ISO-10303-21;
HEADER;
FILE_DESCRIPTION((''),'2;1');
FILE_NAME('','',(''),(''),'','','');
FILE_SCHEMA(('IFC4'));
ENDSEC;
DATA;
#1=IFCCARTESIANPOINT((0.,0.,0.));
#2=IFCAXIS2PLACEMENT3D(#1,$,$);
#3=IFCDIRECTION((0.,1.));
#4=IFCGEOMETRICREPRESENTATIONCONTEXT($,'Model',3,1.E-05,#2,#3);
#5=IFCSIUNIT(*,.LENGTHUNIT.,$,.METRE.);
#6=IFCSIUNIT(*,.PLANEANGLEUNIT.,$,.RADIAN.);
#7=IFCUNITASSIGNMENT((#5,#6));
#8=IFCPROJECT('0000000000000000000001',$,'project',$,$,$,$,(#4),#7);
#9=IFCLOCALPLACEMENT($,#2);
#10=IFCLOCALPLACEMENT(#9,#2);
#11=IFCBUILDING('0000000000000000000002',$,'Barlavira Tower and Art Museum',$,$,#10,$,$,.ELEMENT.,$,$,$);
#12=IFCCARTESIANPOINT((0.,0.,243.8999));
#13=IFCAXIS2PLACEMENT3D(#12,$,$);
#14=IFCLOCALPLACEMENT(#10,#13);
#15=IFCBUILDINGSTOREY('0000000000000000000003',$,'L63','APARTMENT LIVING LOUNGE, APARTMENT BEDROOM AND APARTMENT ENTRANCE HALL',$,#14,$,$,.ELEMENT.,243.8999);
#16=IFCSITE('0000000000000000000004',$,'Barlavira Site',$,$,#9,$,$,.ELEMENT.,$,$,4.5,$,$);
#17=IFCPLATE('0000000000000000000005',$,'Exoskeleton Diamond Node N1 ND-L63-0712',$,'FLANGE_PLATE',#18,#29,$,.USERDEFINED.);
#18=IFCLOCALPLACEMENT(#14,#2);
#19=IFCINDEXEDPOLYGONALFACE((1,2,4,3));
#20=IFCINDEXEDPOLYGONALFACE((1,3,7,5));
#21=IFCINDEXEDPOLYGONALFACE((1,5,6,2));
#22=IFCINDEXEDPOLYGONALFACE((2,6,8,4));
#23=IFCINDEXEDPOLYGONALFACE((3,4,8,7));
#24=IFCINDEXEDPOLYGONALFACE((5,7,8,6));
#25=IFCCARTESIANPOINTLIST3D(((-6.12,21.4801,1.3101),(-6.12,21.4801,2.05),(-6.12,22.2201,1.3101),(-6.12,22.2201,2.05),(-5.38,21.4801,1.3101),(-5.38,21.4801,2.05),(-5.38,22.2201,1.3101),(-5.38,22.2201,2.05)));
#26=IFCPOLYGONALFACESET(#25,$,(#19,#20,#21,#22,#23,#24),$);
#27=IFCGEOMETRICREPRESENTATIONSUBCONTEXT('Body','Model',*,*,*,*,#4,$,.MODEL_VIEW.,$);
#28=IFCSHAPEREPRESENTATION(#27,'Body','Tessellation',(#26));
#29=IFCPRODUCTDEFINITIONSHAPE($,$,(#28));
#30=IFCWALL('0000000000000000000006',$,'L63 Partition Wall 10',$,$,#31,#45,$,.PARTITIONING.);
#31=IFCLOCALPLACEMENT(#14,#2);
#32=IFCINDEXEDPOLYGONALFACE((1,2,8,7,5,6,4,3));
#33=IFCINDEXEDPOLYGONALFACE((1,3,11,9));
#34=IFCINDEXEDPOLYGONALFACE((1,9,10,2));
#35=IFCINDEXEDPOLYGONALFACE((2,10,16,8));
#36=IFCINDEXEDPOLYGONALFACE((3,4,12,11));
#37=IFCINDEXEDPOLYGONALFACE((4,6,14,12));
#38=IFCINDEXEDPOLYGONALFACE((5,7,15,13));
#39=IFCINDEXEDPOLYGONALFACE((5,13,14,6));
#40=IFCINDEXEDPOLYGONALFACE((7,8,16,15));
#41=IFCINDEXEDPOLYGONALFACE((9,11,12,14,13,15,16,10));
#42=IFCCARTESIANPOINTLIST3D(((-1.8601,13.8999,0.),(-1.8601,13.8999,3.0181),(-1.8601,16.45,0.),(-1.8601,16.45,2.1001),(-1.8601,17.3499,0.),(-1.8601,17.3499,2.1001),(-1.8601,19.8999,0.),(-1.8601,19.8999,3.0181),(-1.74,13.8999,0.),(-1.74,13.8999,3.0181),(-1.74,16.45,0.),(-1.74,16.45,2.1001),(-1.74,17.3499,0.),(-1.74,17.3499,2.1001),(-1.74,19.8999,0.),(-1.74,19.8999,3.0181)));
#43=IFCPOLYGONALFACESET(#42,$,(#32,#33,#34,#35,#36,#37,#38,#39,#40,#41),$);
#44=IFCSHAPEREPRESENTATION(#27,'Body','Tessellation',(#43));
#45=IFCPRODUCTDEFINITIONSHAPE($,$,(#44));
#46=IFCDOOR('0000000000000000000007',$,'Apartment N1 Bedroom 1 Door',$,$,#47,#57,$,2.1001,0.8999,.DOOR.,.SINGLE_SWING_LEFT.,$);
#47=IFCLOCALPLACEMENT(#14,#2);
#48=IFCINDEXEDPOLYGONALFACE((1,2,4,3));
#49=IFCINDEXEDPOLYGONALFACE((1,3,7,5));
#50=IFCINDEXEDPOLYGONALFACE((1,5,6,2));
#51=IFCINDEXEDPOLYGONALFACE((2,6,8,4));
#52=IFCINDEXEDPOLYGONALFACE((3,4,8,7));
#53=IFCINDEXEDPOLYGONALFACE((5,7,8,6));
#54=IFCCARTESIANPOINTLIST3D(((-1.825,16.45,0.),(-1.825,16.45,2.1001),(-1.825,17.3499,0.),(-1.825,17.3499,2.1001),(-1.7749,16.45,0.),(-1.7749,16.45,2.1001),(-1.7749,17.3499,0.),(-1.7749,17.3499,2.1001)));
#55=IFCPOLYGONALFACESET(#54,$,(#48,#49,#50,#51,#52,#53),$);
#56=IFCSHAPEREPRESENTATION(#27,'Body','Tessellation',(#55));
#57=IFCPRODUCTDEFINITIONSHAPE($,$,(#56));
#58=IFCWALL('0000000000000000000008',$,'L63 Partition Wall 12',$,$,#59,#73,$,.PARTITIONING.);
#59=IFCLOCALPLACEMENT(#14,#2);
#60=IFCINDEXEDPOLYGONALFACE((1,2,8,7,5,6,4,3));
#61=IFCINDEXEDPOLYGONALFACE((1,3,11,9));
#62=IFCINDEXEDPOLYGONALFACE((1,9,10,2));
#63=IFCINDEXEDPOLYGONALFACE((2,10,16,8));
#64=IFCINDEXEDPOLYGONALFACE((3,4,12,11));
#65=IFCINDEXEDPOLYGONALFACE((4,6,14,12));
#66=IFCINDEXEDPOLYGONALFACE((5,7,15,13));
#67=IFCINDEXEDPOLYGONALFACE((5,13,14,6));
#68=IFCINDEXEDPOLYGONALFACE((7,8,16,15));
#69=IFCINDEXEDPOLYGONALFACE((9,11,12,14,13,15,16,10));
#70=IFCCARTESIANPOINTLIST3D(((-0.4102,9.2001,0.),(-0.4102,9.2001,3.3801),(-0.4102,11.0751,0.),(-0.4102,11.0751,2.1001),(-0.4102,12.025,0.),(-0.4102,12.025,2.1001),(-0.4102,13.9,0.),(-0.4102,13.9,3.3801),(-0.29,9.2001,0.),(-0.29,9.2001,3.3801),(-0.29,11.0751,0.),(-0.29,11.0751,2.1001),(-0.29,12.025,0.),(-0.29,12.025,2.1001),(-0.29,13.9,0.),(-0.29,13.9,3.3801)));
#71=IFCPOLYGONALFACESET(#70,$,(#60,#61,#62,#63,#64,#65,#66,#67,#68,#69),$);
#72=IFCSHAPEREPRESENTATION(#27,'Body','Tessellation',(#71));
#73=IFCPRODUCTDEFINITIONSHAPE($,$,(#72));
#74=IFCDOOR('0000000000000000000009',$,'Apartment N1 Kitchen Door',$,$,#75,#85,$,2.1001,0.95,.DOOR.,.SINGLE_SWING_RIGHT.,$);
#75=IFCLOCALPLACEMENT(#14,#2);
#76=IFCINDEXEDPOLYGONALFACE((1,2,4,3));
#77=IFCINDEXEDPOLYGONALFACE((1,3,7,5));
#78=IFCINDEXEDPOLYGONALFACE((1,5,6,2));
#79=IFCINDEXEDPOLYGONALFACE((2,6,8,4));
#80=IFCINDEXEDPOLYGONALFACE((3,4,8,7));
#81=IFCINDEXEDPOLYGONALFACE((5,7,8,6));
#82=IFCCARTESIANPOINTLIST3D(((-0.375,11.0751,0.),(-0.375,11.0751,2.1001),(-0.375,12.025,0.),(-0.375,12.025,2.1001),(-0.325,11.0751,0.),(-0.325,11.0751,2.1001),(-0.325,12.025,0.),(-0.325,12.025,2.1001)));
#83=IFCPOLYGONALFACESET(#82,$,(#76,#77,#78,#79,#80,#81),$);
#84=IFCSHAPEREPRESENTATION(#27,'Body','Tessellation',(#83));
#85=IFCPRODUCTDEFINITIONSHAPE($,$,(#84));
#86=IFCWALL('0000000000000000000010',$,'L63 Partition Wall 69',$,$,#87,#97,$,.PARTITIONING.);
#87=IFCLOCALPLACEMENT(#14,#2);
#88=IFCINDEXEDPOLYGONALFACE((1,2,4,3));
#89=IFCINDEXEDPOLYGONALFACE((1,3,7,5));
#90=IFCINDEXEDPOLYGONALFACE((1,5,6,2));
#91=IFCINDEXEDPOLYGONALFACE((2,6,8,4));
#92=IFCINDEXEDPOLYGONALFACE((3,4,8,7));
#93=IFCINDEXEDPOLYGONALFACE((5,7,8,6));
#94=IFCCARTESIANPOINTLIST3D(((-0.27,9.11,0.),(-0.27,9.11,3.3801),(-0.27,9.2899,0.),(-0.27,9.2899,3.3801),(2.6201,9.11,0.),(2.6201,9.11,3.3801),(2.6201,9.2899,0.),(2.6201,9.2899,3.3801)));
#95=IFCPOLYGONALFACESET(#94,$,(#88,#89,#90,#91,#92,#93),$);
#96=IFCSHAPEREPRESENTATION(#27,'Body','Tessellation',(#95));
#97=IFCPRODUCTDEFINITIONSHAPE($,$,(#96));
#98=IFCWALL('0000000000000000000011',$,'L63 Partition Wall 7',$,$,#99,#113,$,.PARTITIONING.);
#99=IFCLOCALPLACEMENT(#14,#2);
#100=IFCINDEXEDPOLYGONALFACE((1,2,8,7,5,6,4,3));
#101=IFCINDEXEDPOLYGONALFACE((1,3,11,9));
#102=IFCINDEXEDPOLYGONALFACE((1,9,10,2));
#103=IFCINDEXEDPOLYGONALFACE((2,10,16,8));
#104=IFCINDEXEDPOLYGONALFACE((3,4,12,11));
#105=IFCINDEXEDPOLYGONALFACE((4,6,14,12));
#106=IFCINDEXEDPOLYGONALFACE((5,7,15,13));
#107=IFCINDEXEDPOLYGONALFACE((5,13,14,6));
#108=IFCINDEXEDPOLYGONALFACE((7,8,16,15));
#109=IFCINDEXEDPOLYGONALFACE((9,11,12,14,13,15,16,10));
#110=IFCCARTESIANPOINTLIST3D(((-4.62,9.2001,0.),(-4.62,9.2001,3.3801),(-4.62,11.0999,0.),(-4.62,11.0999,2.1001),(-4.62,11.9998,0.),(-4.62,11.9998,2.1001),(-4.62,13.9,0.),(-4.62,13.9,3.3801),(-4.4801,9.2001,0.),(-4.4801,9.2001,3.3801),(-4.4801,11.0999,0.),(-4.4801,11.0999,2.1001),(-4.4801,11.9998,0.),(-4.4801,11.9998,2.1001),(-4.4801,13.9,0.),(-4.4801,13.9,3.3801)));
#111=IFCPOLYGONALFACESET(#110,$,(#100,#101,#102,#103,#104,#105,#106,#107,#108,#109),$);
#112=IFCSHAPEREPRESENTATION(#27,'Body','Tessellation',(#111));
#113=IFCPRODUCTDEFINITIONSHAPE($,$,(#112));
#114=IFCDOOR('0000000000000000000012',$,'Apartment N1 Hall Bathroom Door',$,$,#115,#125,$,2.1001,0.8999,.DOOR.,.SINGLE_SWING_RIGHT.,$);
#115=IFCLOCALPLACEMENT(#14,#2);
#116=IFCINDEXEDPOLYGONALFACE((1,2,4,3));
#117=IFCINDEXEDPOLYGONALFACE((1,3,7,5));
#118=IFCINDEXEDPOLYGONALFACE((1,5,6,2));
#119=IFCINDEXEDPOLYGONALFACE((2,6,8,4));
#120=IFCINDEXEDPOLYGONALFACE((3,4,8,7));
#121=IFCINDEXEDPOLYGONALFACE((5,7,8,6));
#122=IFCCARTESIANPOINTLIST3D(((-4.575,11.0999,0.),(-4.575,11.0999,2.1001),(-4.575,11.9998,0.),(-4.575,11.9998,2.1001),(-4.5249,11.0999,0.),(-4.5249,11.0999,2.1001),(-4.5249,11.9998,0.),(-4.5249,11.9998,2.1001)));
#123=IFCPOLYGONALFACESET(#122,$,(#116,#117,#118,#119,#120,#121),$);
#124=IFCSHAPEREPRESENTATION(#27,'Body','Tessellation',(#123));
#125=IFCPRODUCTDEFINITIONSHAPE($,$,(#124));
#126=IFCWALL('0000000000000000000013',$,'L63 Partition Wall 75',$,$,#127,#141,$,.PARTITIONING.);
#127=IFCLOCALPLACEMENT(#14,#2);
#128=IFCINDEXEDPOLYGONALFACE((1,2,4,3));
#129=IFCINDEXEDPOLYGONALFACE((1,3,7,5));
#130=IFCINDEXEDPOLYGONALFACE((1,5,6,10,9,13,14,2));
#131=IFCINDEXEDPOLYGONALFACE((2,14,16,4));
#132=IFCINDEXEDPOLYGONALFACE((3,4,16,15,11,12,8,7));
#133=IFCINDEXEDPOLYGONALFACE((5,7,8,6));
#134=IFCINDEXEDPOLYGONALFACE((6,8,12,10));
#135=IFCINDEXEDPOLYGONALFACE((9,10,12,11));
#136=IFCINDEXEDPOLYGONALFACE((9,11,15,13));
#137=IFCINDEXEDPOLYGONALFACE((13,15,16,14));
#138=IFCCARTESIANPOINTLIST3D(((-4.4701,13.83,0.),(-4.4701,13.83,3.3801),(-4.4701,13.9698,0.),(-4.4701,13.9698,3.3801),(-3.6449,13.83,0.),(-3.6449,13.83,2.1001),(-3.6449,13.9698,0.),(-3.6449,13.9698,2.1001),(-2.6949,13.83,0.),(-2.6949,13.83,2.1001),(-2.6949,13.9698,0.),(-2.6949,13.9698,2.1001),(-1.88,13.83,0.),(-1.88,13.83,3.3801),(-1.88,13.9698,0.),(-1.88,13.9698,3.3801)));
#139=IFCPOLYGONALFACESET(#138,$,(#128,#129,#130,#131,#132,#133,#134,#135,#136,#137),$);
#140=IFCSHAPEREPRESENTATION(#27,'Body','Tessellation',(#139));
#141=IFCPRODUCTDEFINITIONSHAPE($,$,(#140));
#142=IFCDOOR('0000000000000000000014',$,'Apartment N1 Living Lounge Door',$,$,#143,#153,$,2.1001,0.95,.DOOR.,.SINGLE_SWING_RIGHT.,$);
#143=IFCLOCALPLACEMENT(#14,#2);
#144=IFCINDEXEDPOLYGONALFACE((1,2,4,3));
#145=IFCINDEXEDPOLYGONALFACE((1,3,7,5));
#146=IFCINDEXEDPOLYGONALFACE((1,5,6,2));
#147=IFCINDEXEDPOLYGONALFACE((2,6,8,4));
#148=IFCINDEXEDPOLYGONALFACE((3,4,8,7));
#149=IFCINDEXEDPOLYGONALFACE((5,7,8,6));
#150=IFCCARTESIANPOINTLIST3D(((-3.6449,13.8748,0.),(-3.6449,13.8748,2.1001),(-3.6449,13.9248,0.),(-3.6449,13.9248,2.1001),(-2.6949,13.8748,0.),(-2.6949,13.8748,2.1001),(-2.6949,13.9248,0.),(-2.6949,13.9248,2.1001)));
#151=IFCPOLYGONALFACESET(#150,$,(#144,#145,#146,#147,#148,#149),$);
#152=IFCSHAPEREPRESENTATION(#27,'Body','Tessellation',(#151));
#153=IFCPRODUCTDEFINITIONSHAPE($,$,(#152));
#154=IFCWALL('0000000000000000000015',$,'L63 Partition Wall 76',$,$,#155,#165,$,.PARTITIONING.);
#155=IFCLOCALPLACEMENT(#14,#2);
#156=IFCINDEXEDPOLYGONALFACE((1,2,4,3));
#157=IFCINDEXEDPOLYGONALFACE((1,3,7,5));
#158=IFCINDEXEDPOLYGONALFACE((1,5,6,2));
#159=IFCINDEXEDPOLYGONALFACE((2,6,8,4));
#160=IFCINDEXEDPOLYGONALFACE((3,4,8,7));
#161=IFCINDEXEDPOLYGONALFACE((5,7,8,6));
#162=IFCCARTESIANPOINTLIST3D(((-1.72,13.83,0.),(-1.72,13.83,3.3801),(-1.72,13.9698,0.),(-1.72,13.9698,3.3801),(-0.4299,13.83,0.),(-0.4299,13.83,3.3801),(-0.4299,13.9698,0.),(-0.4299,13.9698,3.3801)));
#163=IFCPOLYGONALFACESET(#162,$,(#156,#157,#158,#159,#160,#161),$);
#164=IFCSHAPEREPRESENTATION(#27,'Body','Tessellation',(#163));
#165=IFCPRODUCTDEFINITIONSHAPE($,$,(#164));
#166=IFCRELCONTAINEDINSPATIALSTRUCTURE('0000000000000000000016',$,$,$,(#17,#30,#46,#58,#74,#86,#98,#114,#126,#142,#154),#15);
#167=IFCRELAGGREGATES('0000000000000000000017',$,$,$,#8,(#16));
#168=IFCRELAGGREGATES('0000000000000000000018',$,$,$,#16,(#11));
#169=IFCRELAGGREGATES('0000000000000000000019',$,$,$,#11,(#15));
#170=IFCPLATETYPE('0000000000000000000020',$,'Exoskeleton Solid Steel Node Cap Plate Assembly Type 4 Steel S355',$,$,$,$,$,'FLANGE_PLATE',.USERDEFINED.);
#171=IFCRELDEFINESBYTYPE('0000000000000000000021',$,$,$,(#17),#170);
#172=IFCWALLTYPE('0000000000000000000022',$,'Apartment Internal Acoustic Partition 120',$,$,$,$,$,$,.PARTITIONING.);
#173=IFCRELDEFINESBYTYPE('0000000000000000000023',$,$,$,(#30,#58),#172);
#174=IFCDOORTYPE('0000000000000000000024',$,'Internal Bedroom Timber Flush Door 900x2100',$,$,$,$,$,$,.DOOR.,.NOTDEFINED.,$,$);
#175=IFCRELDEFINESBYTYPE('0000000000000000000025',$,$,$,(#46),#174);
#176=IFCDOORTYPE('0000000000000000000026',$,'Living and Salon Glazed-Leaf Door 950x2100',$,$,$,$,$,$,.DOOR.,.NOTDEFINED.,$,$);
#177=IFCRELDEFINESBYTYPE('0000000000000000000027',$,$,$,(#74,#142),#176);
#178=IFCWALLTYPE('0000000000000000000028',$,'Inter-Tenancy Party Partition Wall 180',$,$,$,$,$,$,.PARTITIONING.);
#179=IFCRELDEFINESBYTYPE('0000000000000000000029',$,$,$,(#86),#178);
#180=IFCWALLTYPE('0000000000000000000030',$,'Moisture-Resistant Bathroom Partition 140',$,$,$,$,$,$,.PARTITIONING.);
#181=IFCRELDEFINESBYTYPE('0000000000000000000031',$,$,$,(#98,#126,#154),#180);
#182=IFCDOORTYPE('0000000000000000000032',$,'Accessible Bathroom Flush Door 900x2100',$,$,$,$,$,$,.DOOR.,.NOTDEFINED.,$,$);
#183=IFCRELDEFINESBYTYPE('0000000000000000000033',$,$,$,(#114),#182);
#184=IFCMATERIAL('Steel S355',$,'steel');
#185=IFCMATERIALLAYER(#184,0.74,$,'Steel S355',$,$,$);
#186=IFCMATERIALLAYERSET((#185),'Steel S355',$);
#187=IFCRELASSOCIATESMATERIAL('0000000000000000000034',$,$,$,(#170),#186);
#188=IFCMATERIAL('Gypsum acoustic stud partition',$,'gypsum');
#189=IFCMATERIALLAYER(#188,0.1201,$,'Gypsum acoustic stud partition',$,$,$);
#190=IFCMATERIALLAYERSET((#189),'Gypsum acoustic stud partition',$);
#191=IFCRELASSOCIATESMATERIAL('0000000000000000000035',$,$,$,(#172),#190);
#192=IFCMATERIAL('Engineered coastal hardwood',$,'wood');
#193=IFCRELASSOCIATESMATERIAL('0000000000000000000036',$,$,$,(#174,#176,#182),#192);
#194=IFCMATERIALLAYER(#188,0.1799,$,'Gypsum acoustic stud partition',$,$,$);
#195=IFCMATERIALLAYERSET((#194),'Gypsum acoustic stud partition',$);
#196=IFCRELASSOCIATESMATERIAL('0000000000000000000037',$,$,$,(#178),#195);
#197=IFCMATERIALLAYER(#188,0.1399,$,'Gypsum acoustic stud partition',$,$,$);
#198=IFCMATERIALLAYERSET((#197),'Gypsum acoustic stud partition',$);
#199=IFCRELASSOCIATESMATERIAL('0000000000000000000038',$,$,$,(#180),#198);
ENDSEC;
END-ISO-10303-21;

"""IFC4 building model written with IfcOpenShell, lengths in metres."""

from ifc_helpers import new_model, si_unit, direction, frame, frame_2d, origin, origin_2d, place, context, subcontext, project, spatial, rectangle, extrude, material, layer, layer_set, type_object, element, fill, save


model = new_model("IFC4")

# Units and contexts
model_context = context("Model", 3, precision=1e-05, world=origin(), true_north=direction((0.0, 1.0)))
body_context = subcontext(model_context, "Body", "Model", "MODEL_VIEW")
ifc_project = project(units=[si_unit("LENGTHUNIT", "METRE"), si_unit("PLANEANGLEUNIT", "RADIAN")], contexts=[model_context])

# Site, building, storey
site_placement = place(None, origin())
site = spatial("IfcSite", under=ifc_project, at=site_placement, Name="Barlavira Site", CompositionType="ELEMENT", RefElevation=4.5)
building_placement = place(site_placement, origin())
building = spatial("IfcBuilding", under=site, at=building_placement, Name="Barlavira Tower and Art Museum", CompositionType="ELEMENT")
storey_placement = place(building_placement, frame((0.0, 0.0, 243.8999)))
storey = spatial("IfcBuildingStorey", under=building, at=storey_placement, Name="L63", Description="APARTMENT LIVING LOUNGE, APARTMENT BEDROOM AND APARTMENT ENTRANCE HALL", CompositionType="ELEMENT", Elevation=243.8999)

# Plate
ifc_material_1 = material(Name="Steel S355", Category="steel")
ifc_layer_1 = layer(ifc_material_1, 0.74, Name="Steel S355")
ifc_layer_set_1 = layer_set([ifc_layer_1], Name="Steel S355")
plate_type_1 = type_object("IfcPlateType", Name="Exoskeleton Solid Steel Node Cap Plate Assembly Type 4 Steel S355", ElementType="FLANGE_PLATE", PredefinedType="USERDEFINED", material=ifc_layer_set_1)
plate_1_placement = place(storey_placement, frame((-5.75, 21.8501, 1.3101), z_axis=(0.0, 0.0, 1.0), x_axis=(1.0, 0.0, 0.0)))
element("IfcPlate", 1, at=plate_1_placement, inside=storey, type_object=plate_type_1, Name="Exoskeleton Diamond Node N1 ND-L63-0712", ObjectType="FLANGE_PLATE", PredefinedType="USERDEFINED", context=body_context, shape_type="SweptSolid", body=[
    extrude(rectangle(XDim=0.74, YDim=0.74, at=origin_2d()), origin(), (0.0, 0.0, 1.0), 0.74),
])

# Walls, openings, doors
ifc_material_2 = material(Name="Gypsum acoustic stud partition", Category="gypsum")
ifc_layer_2 = layer(ifc_material_2, 0.1201, Name="Gypsum acoustic stud partition")
ifc_layer_set_2 = layer_set([ifc_layer_2], Name="Gypsum acoustic stud partition")
wall_type_1 = type_object("IfcWallType", Name="Apartment Internal Acoustic Partition 120", PredefinedType="PARTITIONING", material=ifc_layer_set_2)
wall_1_placement = place(storey_placement, frame((-1.8, 13.8999, 0.0), z_axis=(0.0, 0.0, 1.0), x_axis=(0.0, 1.0, 0.0)))
wall_1 = element("IfcWall", 2, at=wall_1_placement, inside=storey, type_object=wall_type_1, Name="L63 Partition Wall 10", PredefinedType="PARTITIONING", context=body_context, shape_type="SweptSolid", body=[
    extrude(rectangle(XDim=6.0, YDim=0.1201, at=frame_2d((3.0, 0.0))), origin(), (0.0, 0.0, 1.0), 3.0181),
])
opening_1_placement = place(wall_1_placement, frame((2.55, 0.0, 0.0)))
opening_1 = element("IfcOpeningElement", 3, at=opening_1_placement, cuts=wall_1, PredefinedType="OPENING", context=body_context, shape_type="SweptSolid", body=[
    extrude(rectangle(XDim=0.8999, YDim=2.1001, at=frame_2d((0.45, 1.05))), frame((0.0, 0.0701, 0.0), z_axis=(0.0, -1.0, 0.0), x_axis=(1.0, 0.0, 0.0)), (0.0, 0.0, 1.0), 0.1401),
])
ifc_material_3 = material(Name="Engineered coastal hardwood", Category="wood")
door_type_1 = type_object("IfcDoorType", Name="Internal Bedroom Timber Flush Door 900x2100", OperationType="NOTDEFINED", PredefinedType="DOOR", material=ifc_material_3)
door_1_placement = place(opening_1_placement, origin())
door_1 = element("IfcDoor", 4, at=door_1_placement, inside=storey, type_object=door_type_1, Name="Apartment N1 Bedroom 1 Door", OperationType="SINGLE_SWING_LEFT", OverallHeight=2.1001, OverallWidth=0.8999, PredefinedType="DOOR", context=body_context, shape_type="SweptSolid", body=[
    extrude(rectangle(XDim=0.8999, YDim=2.1001, at=frame_2d((0.45, 1.05))), frame((0.0, 0.0249, 0.0), z_axis=(0.0, -1.0, 0.0), x_axis=(1.0, 0.0, 0.0)), (0.0, 0.0, 1.0), 0.05),
])
fill(opening_1, door_1)
wall_2_placement = place(storey_placement, frame((-0.3501, 9.2, 0.0), z_axis=(0.0, 0.0, 1.0), x_axis=(0.0, 1.0, 0.0)))
wall_2 = element("IfcWall", 5, at=wall_2_placement, inside=storey, type_object=wall_type_1, Name="L63 Partition Wall 12", PredefinedType="PARTITIONING", context=body_context, shape_type="SweptSolid", body=[
    extrude(rectangle(XDim=4.7, YDim=0.1201, at=frame_2d((2.3501, 0.0))), origin(), (0.0, 0.0, 1.0), 3.3801),
])
opening_2_placement = place(wall_2_placement, frame((1.875, 0.0, 0.0)))
opening_2 = element("IfcOpeningElement", 6, at=opening_2_placement, cuts=wall_2, PredefinedType="OPENING", context=body_context, shape_type="SweptSolid", body=[
    extrude(rectangle(XDim=0.95, YDim=2.1001, at=frame_2d((0.4751, 1.05))), frame((0.0, 0.0701, 0.0), z_axis=(0.0, -1.0, 0.0), x_axis=(1.0, 0.0, 0.0)), (0.0, 0.0, 1.0), 0.1401),
])
door_type_2 = type_object("IfcDoorType", Name="Living and Salon Glazed-Leaf Door 950x2100", OperationType="NOTDEFINED", PredefinedType="DOOR", material=ifc_material_3)
door_2_placement = place(opening_2_placement, origin())
door_2 = element("IfcDoor", 7, at=door_2_placement, inside=storey, type_object=door_type_2, Name="Apartment N1 Kitchen Door", OperationType="SINGLE_SWING_RIGHT", OverallHeight=2.1001, OverallWidth=0.95, PredefinedType="DOOR", context=body_context, shape_type="SweptSolid", body=[
    extrude(rectangle(XDim=0.95, YDim=2.1001, at=frame_2d((0.4751, 1.05))), frame((0.0, 0.0249, 0.0), z_axis=(0.0, -1.0, 0.0), x_axis=(1.0, 0.0, 0.0)), (0.0, 0.0, 1.0), 0.05),
])
fill(opening_2, door_2)
ifc_layer_3 = layer(ifc_material_2, 0.1799, Name="Gypsum acoustic stud partition")
ifc_layer_set_3 = layer_set([ifc_layer_3], Name="Gypsum acoustic stud partition")
wall_type_2 = type_object("IfcWallType", Name="Inter-Tenancy Party Partition Wall 180", PredefinedType="PARTITIONING", material=ifc_layer_set_3)

# Wall
wall_3_placement = place(storey_placement, frame((-0.27, 9.2, 0.0), z_axis=(0.0, 0.0, 1.0), x_axis=(1.0, 0.0, 0.0)))
element("IfcWall", 8, at=wall_3_placement, inside=storey, type_object=wall_type_2, Name="L63 Partition Wall 69", PredefinedType="PARTITIONING", context=body_context, shape_type="SweptSolid", body=[
    extrude(rectangle(XDim=2.8901, YDim=0.1799, at=frame_2d((1.4451, 0.0))), origin(), (0.0, 0.0, 1.0), 3.3801),
])

# Walls, openings, doors
ifc_layer_4 = layer(ifc_material_2, 0.1399, Name="Gypsum acoustic stud partition")
ifc_layer_set_4 = layer_set([ifc_layer_4], Name="Gypsum acoustic stud partition")
wall_type_3 = type_object("IfcWallType", Name="Moisture-Resistant Bathroom Partition 140", PredefinedType="PARTITIONING", material=ifc_layer_set_4)
wall_4_placement = place(storey_placement, frame((-4.55, 9.2, 0.0), z_axis=(0.0, 0.0, 1.0), x_axis=(0.0, 1.0, 0.0)))
wall_4 = element("IfcWall", 9, at=wall_4_placement, inside=storey, type_object=wall_type_3, Name="L63 Partition Wall 7", PredefinedType="PARTITIONING", context=body_context, shape_type="SweptSolid", body=[
    extrude(rectangle(XDim=4.7, YDim=0.1399, at=frame_2d((2.3501, 0.0))), origin(), (0.0, 0.0, 1.0), 3.3801),
])
opening_3_placement = place(wall_4_placement, frame((1.8999, 0.0, 0.0)))
opening_3 = element("IfcOpeningElement", 10, at=opening_3_placement, cuts=wall_4, PredefinedType="OPENING", context=body_context, shape_type="SweptSolid", body=[
    extrude(rectangle(XDim=0.8999, YDim=2.1001, at=frame_2d((0.45, 1.05))), frame((0.0, 0.0801, 0.0), z_axis=(0.0, -1.0, 0.0), x_axis=(1.0, 0.0, 0.0)), (0.0, 0.0, 1.0), 0.1599),
])
door_type_3 = type_object("IfcDoorType", Name="Accessible Bathroom Flush Door 900x2100", OperationType="NOTDEFINED", PredefinedType="DOOR", material=ifc_material_3)
door_3_placement = place(opening_3_placement, origin())
door_3 = element("IfcDoor", 11, at=door_3_placement, inside=storey, type_object=door_type_3, Name="Apartment N1 Hall Bathroom Door", OperationType="SINGLE_SWING_RIGHT", OverallHeight=2.1001, OverallWidth=0.8999, PredefinedType="DOOR", context=body_context, shape_type="SweptSolid", body=[
    extrude(rectangle(XDim=0.8999, YDim=2.1001, at=frame_2d((0.45, 1.05))), frame((0.0, 0.0249, 0.0), z_axis=(0.0, -1.0, 0.0), x_axis=(1.0, 0.0, 0.0)), (0.0, 0.0, 1.0), 0.05),
])
fill(opening_3, door_3)
wall_5_placement = place(storey_placement, frame((-4.47, 13.8999, 0.0), z_axis=(0.0, 0.0, 1.0), x_axis=(1.0, 0.0, 0.0)))
wall_5 = element("IfcWall", 12, at=wall_5_placement, inside=storey, type_object=wall_type_3, Name="L63 Partition Wall 75", PredefinedType="PARTITIONING", context=body_context, shape_type="SweptSolid", body=[
    extrude(rectangle(XDim=2.5901, YDim=0.1399, at=frame_2d((1.2949, 0.0))), origin(), (0.0, 0.0, 1.0), 3.3801),
])
opening_4_placement = place(wall_5_placement, frame((0.825, 0.0, 0.0)))
opening_4 = element("IfcOpeningElement", 13, at=opening_4_placement, cuts=wall_5, PredefinedType="OPENING", context=body_context, shape_type="SweptSolid", body=[
    extrude(rectangle(XDim=0.95, YDim=2.1001, at=frame_2d((0.4751, 1.05))), frame((0.0, 0.0801, 0.0), z_axis=(0.0, -1.0, 0.0), x_axis=(1.0, 0.0, 0.0)), (0.0, 0.0, 1.0), 0.1599),
])
door_4_placement = place(opening_4_placement, origin())
door_4 = element("IfcDoor", 14, at=door_4_placement, inside=storey, type_object=door_type_2, Name="Apartment N1 Living Lounge Door", OperationType="SINGLE_SWING_RIGHT", OverallHeight=2.1001, OverallWidth=0.95, PredefinedType="DOOR", context=body_context, shape_type="SweptSolid", body=[
    extrude(rectangle(XDim=0.95, YDim=2.1001, at=frame_2d((0.4751, 1.05))), frame((0.0, 0.0249, 0.0), z_axis=(0.0, -1.0, 0.0), x_axis=(1.0, 0.0, 0.0)), (0.0, 0.0, 1.0), 0.05),
])
fill(opening_4, door_4)

# Wall
wall_6_placement = place(storey_placement, frame((-1.72, 13.8999, 0.0), z_axis=(0.0, 0.0, 1.0), x_axis=(1.0, 0.0, 0.0)))
element("IfcWall", 15, at=wall_6_placement, inside=storey, type_object=wall_type_3, Name="L63 Partition Wall 76", PredefinedType="PARTITIONING", context=body_context, shape_type="SweptSolid", body=[
    extrude(rectangle(XDim=1.29, YDim=0.1399, at=frame_2d((0.645, 0.0))), origin(), (0.0, 0.0, 1.0), 3.3801),
])

save(model, "model.ifc")
